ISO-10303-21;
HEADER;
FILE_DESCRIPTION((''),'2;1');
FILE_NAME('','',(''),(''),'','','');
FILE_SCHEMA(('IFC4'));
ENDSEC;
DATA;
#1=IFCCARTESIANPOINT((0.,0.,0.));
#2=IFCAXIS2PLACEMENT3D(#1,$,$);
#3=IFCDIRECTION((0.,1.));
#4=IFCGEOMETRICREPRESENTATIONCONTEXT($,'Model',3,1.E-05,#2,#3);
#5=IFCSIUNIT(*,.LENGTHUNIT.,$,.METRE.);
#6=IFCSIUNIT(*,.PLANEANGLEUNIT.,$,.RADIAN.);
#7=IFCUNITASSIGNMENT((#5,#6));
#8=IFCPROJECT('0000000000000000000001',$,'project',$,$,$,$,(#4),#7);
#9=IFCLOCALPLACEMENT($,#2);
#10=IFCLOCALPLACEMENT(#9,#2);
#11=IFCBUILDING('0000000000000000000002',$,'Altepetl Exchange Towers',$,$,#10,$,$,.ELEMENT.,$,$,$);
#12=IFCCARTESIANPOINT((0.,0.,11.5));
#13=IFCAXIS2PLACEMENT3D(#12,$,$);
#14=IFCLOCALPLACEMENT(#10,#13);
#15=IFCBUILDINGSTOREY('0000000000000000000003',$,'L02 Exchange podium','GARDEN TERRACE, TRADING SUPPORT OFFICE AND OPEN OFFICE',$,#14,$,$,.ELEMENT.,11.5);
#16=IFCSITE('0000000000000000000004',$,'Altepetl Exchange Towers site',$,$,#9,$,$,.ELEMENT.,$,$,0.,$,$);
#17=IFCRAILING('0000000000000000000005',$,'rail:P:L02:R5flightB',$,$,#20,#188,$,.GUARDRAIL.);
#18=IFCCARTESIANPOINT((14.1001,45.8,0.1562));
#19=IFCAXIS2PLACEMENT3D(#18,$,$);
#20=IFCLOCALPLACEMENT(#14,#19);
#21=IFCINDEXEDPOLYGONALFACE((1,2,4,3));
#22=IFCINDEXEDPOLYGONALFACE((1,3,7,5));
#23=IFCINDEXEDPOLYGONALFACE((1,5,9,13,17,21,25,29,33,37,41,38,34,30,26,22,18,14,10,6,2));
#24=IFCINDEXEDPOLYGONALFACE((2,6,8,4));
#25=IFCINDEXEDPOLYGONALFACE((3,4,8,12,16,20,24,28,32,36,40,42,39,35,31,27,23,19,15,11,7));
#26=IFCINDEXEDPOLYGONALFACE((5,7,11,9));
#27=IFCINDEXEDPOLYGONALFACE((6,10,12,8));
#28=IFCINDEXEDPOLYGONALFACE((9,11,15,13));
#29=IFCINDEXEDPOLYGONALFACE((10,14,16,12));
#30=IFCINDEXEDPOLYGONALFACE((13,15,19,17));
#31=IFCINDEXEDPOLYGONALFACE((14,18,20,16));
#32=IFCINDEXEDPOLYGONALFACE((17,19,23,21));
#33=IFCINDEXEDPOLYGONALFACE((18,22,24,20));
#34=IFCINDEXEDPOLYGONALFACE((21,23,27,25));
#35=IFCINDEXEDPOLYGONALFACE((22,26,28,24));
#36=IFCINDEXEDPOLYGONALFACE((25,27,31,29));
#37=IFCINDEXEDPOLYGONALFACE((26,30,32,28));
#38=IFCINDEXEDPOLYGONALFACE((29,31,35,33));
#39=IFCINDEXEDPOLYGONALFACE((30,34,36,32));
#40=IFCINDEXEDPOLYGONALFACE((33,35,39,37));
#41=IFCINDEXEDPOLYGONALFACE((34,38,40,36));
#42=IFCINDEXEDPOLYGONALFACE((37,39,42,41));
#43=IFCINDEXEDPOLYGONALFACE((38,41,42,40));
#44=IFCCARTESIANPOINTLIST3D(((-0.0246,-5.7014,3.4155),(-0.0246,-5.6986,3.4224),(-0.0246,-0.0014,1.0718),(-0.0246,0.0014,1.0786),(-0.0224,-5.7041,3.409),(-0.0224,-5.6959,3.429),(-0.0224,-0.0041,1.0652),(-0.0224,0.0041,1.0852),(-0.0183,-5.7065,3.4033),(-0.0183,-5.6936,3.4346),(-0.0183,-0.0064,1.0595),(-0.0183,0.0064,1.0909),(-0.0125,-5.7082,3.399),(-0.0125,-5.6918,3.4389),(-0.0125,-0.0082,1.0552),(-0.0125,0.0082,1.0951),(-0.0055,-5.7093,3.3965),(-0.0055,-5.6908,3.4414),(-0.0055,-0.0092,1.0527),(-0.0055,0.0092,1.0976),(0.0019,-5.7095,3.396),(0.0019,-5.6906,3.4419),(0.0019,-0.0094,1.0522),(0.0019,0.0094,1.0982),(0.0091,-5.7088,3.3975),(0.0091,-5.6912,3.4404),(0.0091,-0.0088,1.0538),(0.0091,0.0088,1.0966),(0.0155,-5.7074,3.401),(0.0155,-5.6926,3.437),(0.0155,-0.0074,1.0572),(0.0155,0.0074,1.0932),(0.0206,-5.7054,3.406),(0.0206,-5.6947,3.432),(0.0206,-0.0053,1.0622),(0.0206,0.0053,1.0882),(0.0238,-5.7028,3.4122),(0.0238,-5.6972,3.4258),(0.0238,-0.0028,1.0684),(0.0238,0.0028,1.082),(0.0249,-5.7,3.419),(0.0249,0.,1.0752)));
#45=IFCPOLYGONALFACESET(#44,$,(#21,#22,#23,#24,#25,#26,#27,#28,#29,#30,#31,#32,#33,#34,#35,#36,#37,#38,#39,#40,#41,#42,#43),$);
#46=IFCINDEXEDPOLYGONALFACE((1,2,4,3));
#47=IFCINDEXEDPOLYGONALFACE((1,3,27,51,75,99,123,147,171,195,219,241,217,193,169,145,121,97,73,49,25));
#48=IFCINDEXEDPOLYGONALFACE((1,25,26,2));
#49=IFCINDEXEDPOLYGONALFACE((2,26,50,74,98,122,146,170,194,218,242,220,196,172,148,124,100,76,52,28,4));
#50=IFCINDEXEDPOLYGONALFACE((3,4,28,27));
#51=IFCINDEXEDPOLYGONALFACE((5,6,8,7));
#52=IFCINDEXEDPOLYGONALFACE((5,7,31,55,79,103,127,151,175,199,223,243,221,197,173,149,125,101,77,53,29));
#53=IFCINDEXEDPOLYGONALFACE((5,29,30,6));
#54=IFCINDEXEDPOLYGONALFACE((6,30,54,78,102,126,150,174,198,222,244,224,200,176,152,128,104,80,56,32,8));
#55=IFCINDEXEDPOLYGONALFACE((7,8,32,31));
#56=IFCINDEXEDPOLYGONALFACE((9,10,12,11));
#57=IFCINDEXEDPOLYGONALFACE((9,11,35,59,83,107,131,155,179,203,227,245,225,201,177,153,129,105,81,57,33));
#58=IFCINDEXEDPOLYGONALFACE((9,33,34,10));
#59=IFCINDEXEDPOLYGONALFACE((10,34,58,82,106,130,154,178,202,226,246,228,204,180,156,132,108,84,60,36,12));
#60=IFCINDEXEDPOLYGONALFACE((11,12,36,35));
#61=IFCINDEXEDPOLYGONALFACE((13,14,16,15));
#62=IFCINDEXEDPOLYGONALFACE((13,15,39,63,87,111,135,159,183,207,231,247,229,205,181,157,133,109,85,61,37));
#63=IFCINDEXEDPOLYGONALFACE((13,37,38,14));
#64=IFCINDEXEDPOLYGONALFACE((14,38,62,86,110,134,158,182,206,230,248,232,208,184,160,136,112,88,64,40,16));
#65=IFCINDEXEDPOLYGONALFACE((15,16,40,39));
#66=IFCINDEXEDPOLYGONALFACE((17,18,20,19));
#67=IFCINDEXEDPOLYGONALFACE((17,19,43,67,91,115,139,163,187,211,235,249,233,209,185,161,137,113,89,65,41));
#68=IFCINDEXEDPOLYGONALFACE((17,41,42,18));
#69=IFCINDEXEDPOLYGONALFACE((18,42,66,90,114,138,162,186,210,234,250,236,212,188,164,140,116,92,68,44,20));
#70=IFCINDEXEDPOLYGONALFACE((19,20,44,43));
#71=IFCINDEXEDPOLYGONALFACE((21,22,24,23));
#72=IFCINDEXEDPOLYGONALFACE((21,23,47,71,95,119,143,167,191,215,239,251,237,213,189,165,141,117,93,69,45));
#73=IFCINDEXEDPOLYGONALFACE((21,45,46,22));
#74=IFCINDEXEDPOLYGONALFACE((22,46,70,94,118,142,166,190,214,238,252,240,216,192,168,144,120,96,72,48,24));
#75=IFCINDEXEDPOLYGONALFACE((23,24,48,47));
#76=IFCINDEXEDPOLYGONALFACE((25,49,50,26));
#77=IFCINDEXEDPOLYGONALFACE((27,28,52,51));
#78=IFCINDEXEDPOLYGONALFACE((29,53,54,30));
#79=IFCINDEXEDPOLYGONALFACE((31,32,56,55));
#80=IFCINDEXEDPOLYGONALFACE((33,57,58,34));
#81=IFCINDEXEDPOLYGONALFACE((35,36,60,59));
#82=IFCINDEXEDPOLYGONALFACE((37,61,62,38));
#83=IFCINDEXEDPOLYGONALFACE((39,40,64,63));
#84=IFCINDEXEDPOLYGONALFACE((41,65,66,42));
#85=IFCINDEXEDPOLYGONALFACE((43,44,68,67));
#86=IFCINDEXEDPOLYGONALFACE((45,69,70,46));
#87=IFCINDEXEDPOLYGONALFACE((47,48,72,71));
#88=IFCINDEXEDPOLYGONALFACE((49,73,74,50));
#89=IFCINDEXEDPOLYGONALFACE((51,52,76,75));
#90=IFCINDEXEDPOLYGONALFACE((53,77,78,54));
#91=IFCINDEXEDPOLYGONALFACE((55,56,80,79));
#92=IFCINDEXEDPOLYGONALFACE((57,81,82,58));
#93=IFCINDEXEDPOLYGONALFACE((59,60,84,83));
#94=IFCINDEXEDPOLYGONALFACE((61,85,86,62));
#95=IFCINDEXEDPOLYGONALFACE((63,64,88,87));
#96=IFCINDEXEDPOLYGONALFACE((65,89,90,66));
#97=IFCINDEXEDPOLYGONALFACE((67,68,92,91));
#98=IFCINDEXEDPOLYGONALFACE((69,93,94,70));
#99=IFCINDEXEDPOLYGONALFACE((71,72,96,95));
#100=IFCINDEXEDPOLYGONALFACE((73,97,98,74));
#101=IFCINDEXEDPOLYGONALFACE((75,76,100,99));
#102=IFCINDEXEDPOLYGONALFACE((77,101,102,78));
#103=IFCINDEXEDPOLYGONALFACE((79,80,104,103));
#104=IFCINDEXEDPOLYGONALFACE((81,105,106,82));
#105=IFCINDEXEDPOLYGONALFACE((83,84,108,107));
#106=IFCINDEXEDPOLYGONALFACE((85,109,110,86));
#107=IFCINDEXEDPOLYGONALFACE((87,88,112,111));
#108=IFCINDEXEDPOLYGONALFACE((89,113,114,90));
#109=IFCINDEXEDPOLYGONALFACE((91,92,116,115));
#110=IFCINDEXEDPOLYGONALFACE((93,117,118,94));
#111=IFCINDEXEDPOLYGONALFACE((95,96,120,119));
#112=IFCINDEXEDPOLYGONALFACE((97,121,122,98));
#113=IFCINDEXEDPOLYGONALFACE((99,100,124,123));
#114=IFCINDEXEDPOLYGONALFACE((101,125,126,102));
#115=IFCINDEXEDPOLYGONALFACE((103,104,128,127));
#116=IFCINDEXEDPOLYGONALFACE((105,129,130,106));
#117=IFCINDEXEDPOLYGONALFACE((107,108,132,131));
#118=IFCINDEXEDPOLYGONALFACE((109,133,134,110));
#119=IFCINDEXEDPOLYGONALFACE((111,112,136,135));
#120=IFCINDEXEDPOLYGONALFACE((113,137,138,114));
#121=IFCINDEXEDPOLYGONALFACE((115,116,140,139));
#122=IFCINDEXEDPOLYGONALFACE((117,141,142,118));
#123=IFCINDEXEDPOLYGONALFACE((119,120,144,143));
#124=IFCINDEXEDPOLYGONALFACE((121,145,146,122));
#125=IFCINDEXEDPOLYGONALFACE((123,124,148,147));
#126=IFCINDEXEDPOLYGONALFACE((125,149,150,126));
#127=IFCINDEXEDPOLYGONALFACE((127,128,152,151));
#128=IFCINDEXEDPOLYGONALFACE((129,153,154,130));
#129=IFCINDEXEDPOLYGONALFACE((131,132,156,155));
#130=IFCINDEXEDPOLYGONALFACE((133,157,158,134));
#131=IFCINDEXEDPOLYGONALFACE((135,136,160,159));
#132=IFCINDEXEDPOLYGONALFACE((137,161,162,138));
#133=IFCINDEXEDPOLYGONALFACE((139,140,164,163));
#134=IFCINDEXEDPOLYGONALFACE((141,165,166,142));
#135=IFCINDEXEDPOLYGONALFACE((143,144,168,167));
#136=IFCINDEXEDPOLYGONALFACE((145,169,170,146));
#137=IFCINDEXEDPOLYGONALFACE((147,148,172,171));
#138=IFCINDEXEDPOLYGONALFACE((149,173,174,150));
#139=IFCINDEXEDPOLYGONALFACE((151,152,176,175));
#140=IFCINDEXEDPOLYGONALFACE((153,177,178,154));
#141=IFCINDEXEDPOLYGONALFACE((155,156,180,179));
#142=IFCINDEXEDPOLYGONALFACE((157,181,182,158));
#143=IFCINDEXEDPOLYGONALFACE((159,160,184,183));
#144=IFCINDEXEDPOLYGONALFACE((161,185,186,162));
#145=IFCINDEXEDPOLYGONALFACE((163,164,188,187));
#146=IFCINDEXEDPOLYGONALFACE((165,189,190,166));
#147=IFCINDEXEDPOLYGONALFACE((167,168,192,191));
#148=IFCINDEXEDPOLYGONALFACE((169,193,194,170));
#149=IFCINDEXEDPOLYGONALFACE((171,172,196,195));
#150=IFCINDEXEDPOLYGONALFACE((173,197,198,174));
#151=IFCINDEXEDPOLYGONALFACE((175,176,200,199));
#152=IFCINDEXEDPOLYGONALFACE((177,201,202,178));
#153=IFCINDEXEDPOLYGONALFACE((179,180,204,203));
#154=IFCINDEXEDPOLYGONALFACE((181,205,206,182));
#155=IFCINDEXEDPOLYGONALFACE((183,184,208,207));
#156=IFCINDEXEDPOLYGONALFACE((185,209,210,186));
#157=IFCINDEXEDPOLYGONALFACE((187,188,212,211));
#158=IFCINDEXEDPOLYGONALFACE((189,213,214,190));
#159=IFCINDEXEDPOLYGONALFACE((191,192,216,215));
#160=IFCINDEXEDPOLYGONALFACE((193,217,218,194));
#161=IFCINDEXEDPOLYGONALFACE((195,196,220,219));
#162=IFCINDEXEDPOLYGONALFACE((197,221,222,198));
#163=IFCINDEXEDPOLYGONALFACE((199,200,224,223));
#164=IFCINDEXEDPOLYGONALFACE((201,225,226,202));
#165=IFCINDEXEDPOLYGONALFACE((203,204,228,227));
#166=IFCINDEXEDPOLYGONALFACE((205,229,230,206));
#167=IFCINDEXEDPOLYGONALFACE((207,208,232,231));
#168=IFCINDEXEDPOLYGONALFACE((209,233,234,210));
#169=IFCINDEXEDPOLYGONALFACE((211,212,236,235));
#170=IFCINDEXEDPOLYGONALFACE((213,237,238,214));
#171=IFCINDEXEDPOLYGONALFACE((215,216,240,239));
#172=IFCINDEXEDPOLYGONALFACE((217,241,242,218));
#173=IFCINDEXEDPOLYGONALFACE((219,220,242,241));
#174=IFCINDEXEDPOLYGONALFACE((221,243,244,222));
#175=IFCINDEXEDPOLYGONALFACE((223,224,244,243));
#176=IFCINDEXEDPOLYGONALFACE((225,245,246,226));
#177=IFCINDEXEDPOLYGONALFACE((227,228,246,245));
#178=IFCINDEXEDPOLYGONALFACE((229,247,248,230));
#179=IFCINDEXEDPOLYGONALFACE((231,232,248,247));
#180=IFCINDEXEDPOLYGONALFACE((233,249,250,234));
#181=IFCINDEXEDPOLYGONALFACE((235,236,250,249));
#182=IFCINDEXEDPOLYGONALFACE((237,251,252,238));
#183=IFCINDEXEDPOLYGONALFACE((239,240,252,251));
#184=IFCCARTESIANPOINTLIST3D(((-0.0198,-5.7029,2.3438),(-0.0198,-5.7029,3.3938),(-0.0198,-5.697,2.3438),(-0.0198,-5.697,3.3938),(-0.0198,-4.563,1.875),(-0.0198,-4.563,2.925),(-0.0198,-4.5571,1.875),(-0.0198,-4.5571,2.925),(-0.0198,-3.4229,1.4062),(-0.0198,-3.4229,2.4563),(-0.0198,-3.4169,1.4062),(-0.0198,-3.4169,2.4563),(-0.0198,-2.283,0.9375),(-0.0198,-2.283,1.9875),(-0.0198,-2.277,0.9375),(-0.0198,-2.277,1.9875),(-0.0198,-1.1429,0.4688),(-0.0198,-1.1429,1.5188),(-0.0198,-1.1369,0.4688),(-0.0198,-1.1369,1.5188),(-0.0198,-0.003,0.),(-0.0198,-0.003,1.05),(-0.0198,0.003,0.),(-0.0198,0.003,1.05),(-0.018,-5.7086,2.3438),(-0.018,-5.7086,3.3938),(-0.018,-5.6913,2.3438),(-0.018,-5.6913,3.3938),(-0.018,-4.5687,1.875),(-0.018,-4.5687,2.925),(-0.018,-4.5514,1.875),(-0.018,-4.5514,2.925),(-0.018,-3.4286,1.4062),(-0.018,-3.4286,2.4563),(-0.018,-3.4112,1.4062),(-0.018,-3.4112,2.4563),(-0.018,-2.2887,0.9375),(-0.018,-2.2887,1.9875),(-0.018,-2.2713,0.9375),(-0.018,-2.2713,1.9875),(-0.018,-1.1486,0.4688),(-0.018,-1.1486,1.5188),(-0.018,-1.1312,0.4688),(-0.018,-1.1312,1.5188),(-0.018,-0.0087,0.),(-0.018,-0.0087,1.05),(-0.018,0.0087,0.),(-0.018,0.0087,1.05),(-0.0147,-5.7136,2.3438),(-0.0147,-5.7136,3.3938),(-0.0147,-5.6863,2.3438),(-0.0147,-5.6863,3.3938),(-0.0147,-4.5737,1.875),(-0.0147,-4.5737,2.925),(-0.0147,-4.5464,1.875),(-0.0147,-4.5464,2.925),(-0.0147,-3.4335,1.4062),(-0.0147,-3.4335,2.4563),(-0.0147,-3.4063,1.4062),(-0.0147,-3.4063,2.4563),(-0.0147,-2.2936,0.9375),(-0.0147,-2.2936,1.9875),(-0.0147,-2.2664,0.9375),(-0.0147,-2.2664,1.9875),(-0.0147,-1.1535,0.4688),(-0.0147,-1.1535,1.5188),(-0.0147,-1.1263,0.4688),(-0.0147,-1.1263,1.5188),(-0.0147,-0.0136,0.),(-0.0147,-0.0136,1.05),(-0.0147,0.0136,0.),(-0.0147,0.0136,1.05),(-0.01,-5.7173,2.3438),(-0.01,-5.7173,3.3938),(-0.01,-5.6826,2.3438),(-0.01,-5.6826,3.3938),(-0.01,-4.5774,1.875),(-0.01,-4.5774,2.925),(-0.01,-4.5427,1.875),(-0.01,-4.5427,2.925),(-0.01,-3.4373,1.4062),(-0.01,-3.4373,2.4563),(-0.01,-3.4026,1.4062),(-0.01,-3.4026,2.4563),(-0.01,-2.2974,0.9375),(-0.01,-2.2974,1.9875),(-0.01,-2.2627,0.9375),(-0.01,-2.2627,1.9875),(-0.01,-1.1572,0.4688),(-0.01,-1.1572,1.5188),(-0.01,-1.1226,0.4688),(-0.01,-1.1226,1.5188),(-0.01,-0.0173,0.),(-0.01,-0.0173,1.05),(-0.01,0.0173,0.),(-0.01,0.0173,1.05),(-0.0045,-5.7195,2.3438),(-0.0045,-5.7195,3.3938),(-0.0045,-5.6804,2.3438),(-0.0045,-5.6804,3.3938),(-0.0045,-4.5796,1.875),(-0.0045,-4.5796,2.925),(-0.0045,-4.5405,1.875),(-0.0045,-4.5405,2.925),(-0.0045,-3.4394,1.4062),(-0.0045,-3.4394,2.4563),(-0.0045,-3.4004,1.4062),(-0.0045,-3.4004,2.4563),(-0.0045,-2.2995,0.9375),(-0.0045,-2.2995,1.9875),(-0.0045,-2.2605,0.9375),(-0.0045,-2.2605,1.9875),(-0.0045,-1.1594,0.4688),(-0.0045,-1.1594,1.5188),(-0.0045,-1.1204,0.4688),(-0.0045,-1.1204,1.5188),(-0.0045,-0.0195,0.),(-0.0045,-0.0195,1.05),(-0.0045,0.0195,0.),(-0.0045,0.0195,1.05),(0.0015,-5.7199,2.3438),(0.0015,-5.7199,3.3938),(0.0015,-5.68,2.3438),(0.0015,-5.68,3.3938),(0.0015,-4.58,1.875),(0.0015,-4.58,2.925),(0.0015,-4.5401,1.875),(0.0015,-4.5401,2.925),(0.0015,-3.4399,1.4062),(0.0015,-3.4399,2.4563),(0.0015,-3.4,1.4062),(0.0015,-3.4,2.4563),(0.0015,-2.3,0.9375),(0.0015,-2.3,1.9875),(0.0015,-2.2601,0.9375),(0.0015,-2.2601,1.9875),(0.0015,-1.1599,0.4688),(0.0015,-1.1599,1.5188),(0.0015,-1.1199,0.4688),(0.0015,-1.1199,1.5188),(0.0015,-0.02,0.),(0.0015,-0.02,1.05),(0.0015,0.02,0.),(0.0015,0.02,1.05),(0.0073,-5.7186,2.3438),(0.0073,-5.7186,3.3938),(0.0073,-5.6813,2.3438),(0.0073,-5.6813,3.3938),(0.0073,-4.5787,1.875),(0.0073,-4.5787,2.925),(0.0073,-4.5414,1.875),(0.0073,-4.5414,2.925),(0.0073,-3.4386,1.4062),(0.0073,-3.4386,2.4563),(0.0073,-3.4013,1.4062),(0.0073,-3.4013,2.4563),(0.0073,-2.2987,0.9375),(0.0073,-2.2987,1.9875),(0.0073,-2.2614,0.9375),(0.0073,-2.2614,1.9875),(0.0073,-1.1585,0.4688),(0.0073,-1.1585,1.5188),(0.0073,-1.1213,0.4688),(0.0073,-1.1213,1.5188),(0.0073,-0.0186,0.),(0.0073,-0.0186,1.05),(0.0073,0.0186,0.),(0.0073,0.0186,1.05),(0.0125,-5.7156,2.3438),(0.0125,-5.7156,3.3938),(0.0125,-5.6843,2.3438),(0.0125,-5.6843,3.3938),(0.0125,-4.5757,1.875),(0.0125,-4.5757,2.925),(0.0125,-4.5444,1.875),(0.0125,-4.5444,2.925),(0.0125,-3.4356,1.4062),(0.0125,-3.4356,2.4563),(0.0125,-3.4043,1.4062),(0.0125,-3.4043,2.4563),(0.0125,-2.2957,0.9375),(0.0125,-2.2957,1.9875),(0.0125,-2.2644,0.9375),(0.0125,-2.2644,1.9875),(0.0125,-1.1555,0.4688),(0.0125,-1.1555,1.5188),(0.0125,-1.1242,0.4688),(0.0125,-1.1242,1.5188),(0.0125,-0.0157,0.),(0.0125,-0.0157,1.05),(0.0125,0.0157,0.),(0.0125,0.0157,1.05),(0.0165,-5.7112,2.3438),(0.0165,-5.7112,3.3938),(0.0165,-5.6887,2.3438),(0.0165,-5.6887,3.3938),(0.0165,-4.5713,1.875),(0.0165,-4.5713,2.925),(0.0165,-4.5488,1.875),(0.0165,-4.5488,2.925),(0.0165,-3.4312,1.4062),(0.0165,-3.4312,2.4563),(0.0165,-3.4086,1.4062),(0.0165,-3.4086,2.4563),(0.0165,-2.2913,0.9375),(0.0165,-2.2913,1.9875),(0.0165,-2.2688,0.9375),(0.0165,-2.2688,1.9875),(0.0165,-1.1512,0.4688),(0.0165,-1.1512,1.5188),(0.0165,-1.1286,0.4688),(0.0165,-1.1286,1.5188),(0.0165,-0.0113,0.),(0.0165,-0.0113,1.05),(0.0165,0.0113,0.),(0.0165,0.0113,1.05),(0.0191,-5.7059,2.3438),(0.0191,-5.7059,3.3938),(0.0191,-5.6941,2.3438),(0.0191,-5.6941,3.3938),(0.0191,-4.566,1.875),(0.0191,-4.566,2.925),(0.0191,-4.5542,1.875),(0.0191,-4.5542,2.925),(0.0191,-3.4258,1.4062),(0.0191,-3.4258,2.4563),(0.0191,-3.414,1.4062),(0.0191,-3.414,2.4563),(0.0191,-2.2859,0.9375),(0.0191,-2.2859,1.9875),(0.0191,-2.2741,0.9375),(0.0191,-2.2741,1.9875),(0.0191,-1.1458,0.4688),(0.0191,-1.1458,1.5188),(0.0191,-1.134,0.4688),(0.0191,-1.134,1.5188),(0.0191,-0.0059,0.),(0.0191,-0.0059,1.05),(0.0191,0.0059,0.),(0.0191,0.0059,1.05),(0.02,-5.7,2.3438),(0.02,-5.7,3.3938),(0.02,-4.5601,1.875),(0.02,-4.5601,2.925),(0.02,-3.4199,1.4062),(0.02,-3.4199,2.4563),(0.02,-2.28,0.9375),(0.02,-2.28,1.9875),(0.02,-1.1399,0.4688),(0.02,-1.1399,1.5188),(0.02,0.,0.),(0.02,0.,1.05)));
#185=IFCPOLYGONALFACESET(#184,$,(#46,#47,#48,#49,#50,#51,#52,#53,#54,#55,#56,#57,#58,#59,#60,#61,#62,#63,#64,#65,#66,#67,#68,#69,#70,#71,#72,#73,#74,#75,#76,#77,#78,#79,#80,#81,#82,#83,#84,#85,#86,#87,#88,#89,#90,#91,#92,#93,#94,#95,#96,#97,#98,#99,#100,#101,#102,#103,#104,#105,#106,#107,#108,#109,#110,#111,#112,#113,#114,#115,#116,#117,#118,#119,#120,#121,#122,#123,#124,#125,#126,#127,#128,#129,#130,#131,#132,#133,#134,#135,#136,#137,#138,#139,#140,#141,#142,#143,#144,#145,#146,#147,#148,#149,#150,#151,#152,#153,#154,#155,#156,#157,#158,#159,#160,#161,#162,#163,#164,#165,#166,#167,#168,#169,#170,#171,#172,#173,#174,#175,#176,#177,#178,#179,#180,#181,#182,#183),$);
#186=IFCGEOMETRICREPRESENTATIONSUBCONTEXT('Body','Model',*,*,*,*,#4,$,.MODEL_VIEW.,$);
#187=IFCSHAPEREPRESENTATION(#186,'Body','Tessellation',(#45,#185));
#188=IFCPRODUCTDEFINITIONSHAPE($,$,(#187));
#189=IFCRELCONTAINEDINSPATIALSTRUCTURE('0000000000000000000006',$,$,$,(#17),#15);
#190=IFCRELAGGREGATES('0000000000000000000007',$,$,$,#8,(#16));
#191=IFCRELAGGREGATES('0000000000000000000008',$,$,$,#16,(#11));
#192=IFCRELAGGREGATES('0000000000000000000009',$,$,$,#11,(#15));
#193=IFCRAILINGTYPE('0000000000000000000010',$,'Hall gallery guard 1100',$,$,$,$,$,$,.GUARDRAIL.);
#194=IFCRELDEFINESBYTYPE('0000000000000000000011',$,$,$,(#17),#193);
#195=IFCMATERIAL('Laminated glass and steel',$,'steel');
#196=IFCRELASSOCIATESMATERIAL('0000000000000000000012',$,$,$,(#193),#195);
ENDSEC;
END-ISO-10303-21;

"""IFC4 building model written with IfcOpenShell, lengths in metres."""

from ifc_helpers import new_model, si_unit, direction, frame, origin, origin_2d, place, context, subcontext, project, spatial, circle, extrude, source, transform, mapped, material, type_object, element, save


model = new_model("IFC4")

# Units and contexts
model_context = context("Model", 3, precision=1e-05, world=origin(), true_north=direction((0.0, 1.0)))
body_context = subcontext(model_context, "Body", "Model", "MODEL_VIEW")
ifc_project = project(units=[si_unit("LENGTHUNIT", "METRE"), si_unit("PLANEANGLEUNIT", "RADIAN")], contexts=[model_context])

# Site, building, storey
site_placement = place(None, origin())
site = spatial("IfcSite", under=ifc_project, at=site_placement, Name="Altepetl Exchange Towers site", CompositionType="ELEMENT", RefElevation=0.0)
building_placement = place(site_placement, origin())
building = spatial("IfcBuilding", under=site, at=building_placement, Name="Altepetl Exchange Towers", CompositionType="ELEMENT")
storey_placement = place(building_placement, frame((0.0, 0.0, 11.5)))
storey = spatial("IfcBuildingStorey", under=building, at=storey_placement, Name="L02 Exchange podium", Description="GARDEN TERRACE, TRADING SUPPORT OFFICE AND OPEN OFFICE", CompositionType="ELEMENT", Elevation=11.5)

# Railing
ifc_material_1 = material(Name="Laminated glass and steel", Category="steel")
railing_type_1 = type_object("IfcRailingType", Name="Hall gallery guard 1100", PredefinedType="GUARDRAIL", material=ifc_material_1)
shared_shape_1 = source(origin(), body_context, "Body", "SweptSolid", [
    extrude(circle(Radius=0.02, at=origin_2d()), origin(), (0.0, 0.0, 1.0), 1.05),
])
for number, where, name in (
    (1, (14.1001, 45.8, 0.1562), "rail:P:L02:R5flightB"),
):
    element("IfcRailing", number, at=place(storey_placement, frame(where)), inside=storey, type_object=railing_type_1, Name=name, PredefinedType="GUARDRAIL", context=body_context, shape_type="SweptSolid", body=[
        extrude(circle(Radius=0.0249, at=origin_2d()), frame((0.0, 0.0, 1.0752), z_axis=(0.0, -0.924866, 0.380293), x_axis=(1.0, 0.0, 0.0)), (0.0, 0.0, 1.0), 6.1631),
        mapped(shared_shape_1, transform((0.0, 0.0, 0.0))),
        mapped(shared_shape_1, transform((0.0, -1.1399, 0.4688))),
        mapped(shared_shape_1, transform((0.0, -2.28, 0.9375))),
        mapped(shared_shape_1, transform((0.0, -3.4199, 1.4062))),
        mapped(shared_shape_1, transform((0.0, -4.5601, 1.875))),
        mapped(shared_shape_1, transform((0.0, -5.7, 2.3438))),
    ])

save(model, "model.ifc")
